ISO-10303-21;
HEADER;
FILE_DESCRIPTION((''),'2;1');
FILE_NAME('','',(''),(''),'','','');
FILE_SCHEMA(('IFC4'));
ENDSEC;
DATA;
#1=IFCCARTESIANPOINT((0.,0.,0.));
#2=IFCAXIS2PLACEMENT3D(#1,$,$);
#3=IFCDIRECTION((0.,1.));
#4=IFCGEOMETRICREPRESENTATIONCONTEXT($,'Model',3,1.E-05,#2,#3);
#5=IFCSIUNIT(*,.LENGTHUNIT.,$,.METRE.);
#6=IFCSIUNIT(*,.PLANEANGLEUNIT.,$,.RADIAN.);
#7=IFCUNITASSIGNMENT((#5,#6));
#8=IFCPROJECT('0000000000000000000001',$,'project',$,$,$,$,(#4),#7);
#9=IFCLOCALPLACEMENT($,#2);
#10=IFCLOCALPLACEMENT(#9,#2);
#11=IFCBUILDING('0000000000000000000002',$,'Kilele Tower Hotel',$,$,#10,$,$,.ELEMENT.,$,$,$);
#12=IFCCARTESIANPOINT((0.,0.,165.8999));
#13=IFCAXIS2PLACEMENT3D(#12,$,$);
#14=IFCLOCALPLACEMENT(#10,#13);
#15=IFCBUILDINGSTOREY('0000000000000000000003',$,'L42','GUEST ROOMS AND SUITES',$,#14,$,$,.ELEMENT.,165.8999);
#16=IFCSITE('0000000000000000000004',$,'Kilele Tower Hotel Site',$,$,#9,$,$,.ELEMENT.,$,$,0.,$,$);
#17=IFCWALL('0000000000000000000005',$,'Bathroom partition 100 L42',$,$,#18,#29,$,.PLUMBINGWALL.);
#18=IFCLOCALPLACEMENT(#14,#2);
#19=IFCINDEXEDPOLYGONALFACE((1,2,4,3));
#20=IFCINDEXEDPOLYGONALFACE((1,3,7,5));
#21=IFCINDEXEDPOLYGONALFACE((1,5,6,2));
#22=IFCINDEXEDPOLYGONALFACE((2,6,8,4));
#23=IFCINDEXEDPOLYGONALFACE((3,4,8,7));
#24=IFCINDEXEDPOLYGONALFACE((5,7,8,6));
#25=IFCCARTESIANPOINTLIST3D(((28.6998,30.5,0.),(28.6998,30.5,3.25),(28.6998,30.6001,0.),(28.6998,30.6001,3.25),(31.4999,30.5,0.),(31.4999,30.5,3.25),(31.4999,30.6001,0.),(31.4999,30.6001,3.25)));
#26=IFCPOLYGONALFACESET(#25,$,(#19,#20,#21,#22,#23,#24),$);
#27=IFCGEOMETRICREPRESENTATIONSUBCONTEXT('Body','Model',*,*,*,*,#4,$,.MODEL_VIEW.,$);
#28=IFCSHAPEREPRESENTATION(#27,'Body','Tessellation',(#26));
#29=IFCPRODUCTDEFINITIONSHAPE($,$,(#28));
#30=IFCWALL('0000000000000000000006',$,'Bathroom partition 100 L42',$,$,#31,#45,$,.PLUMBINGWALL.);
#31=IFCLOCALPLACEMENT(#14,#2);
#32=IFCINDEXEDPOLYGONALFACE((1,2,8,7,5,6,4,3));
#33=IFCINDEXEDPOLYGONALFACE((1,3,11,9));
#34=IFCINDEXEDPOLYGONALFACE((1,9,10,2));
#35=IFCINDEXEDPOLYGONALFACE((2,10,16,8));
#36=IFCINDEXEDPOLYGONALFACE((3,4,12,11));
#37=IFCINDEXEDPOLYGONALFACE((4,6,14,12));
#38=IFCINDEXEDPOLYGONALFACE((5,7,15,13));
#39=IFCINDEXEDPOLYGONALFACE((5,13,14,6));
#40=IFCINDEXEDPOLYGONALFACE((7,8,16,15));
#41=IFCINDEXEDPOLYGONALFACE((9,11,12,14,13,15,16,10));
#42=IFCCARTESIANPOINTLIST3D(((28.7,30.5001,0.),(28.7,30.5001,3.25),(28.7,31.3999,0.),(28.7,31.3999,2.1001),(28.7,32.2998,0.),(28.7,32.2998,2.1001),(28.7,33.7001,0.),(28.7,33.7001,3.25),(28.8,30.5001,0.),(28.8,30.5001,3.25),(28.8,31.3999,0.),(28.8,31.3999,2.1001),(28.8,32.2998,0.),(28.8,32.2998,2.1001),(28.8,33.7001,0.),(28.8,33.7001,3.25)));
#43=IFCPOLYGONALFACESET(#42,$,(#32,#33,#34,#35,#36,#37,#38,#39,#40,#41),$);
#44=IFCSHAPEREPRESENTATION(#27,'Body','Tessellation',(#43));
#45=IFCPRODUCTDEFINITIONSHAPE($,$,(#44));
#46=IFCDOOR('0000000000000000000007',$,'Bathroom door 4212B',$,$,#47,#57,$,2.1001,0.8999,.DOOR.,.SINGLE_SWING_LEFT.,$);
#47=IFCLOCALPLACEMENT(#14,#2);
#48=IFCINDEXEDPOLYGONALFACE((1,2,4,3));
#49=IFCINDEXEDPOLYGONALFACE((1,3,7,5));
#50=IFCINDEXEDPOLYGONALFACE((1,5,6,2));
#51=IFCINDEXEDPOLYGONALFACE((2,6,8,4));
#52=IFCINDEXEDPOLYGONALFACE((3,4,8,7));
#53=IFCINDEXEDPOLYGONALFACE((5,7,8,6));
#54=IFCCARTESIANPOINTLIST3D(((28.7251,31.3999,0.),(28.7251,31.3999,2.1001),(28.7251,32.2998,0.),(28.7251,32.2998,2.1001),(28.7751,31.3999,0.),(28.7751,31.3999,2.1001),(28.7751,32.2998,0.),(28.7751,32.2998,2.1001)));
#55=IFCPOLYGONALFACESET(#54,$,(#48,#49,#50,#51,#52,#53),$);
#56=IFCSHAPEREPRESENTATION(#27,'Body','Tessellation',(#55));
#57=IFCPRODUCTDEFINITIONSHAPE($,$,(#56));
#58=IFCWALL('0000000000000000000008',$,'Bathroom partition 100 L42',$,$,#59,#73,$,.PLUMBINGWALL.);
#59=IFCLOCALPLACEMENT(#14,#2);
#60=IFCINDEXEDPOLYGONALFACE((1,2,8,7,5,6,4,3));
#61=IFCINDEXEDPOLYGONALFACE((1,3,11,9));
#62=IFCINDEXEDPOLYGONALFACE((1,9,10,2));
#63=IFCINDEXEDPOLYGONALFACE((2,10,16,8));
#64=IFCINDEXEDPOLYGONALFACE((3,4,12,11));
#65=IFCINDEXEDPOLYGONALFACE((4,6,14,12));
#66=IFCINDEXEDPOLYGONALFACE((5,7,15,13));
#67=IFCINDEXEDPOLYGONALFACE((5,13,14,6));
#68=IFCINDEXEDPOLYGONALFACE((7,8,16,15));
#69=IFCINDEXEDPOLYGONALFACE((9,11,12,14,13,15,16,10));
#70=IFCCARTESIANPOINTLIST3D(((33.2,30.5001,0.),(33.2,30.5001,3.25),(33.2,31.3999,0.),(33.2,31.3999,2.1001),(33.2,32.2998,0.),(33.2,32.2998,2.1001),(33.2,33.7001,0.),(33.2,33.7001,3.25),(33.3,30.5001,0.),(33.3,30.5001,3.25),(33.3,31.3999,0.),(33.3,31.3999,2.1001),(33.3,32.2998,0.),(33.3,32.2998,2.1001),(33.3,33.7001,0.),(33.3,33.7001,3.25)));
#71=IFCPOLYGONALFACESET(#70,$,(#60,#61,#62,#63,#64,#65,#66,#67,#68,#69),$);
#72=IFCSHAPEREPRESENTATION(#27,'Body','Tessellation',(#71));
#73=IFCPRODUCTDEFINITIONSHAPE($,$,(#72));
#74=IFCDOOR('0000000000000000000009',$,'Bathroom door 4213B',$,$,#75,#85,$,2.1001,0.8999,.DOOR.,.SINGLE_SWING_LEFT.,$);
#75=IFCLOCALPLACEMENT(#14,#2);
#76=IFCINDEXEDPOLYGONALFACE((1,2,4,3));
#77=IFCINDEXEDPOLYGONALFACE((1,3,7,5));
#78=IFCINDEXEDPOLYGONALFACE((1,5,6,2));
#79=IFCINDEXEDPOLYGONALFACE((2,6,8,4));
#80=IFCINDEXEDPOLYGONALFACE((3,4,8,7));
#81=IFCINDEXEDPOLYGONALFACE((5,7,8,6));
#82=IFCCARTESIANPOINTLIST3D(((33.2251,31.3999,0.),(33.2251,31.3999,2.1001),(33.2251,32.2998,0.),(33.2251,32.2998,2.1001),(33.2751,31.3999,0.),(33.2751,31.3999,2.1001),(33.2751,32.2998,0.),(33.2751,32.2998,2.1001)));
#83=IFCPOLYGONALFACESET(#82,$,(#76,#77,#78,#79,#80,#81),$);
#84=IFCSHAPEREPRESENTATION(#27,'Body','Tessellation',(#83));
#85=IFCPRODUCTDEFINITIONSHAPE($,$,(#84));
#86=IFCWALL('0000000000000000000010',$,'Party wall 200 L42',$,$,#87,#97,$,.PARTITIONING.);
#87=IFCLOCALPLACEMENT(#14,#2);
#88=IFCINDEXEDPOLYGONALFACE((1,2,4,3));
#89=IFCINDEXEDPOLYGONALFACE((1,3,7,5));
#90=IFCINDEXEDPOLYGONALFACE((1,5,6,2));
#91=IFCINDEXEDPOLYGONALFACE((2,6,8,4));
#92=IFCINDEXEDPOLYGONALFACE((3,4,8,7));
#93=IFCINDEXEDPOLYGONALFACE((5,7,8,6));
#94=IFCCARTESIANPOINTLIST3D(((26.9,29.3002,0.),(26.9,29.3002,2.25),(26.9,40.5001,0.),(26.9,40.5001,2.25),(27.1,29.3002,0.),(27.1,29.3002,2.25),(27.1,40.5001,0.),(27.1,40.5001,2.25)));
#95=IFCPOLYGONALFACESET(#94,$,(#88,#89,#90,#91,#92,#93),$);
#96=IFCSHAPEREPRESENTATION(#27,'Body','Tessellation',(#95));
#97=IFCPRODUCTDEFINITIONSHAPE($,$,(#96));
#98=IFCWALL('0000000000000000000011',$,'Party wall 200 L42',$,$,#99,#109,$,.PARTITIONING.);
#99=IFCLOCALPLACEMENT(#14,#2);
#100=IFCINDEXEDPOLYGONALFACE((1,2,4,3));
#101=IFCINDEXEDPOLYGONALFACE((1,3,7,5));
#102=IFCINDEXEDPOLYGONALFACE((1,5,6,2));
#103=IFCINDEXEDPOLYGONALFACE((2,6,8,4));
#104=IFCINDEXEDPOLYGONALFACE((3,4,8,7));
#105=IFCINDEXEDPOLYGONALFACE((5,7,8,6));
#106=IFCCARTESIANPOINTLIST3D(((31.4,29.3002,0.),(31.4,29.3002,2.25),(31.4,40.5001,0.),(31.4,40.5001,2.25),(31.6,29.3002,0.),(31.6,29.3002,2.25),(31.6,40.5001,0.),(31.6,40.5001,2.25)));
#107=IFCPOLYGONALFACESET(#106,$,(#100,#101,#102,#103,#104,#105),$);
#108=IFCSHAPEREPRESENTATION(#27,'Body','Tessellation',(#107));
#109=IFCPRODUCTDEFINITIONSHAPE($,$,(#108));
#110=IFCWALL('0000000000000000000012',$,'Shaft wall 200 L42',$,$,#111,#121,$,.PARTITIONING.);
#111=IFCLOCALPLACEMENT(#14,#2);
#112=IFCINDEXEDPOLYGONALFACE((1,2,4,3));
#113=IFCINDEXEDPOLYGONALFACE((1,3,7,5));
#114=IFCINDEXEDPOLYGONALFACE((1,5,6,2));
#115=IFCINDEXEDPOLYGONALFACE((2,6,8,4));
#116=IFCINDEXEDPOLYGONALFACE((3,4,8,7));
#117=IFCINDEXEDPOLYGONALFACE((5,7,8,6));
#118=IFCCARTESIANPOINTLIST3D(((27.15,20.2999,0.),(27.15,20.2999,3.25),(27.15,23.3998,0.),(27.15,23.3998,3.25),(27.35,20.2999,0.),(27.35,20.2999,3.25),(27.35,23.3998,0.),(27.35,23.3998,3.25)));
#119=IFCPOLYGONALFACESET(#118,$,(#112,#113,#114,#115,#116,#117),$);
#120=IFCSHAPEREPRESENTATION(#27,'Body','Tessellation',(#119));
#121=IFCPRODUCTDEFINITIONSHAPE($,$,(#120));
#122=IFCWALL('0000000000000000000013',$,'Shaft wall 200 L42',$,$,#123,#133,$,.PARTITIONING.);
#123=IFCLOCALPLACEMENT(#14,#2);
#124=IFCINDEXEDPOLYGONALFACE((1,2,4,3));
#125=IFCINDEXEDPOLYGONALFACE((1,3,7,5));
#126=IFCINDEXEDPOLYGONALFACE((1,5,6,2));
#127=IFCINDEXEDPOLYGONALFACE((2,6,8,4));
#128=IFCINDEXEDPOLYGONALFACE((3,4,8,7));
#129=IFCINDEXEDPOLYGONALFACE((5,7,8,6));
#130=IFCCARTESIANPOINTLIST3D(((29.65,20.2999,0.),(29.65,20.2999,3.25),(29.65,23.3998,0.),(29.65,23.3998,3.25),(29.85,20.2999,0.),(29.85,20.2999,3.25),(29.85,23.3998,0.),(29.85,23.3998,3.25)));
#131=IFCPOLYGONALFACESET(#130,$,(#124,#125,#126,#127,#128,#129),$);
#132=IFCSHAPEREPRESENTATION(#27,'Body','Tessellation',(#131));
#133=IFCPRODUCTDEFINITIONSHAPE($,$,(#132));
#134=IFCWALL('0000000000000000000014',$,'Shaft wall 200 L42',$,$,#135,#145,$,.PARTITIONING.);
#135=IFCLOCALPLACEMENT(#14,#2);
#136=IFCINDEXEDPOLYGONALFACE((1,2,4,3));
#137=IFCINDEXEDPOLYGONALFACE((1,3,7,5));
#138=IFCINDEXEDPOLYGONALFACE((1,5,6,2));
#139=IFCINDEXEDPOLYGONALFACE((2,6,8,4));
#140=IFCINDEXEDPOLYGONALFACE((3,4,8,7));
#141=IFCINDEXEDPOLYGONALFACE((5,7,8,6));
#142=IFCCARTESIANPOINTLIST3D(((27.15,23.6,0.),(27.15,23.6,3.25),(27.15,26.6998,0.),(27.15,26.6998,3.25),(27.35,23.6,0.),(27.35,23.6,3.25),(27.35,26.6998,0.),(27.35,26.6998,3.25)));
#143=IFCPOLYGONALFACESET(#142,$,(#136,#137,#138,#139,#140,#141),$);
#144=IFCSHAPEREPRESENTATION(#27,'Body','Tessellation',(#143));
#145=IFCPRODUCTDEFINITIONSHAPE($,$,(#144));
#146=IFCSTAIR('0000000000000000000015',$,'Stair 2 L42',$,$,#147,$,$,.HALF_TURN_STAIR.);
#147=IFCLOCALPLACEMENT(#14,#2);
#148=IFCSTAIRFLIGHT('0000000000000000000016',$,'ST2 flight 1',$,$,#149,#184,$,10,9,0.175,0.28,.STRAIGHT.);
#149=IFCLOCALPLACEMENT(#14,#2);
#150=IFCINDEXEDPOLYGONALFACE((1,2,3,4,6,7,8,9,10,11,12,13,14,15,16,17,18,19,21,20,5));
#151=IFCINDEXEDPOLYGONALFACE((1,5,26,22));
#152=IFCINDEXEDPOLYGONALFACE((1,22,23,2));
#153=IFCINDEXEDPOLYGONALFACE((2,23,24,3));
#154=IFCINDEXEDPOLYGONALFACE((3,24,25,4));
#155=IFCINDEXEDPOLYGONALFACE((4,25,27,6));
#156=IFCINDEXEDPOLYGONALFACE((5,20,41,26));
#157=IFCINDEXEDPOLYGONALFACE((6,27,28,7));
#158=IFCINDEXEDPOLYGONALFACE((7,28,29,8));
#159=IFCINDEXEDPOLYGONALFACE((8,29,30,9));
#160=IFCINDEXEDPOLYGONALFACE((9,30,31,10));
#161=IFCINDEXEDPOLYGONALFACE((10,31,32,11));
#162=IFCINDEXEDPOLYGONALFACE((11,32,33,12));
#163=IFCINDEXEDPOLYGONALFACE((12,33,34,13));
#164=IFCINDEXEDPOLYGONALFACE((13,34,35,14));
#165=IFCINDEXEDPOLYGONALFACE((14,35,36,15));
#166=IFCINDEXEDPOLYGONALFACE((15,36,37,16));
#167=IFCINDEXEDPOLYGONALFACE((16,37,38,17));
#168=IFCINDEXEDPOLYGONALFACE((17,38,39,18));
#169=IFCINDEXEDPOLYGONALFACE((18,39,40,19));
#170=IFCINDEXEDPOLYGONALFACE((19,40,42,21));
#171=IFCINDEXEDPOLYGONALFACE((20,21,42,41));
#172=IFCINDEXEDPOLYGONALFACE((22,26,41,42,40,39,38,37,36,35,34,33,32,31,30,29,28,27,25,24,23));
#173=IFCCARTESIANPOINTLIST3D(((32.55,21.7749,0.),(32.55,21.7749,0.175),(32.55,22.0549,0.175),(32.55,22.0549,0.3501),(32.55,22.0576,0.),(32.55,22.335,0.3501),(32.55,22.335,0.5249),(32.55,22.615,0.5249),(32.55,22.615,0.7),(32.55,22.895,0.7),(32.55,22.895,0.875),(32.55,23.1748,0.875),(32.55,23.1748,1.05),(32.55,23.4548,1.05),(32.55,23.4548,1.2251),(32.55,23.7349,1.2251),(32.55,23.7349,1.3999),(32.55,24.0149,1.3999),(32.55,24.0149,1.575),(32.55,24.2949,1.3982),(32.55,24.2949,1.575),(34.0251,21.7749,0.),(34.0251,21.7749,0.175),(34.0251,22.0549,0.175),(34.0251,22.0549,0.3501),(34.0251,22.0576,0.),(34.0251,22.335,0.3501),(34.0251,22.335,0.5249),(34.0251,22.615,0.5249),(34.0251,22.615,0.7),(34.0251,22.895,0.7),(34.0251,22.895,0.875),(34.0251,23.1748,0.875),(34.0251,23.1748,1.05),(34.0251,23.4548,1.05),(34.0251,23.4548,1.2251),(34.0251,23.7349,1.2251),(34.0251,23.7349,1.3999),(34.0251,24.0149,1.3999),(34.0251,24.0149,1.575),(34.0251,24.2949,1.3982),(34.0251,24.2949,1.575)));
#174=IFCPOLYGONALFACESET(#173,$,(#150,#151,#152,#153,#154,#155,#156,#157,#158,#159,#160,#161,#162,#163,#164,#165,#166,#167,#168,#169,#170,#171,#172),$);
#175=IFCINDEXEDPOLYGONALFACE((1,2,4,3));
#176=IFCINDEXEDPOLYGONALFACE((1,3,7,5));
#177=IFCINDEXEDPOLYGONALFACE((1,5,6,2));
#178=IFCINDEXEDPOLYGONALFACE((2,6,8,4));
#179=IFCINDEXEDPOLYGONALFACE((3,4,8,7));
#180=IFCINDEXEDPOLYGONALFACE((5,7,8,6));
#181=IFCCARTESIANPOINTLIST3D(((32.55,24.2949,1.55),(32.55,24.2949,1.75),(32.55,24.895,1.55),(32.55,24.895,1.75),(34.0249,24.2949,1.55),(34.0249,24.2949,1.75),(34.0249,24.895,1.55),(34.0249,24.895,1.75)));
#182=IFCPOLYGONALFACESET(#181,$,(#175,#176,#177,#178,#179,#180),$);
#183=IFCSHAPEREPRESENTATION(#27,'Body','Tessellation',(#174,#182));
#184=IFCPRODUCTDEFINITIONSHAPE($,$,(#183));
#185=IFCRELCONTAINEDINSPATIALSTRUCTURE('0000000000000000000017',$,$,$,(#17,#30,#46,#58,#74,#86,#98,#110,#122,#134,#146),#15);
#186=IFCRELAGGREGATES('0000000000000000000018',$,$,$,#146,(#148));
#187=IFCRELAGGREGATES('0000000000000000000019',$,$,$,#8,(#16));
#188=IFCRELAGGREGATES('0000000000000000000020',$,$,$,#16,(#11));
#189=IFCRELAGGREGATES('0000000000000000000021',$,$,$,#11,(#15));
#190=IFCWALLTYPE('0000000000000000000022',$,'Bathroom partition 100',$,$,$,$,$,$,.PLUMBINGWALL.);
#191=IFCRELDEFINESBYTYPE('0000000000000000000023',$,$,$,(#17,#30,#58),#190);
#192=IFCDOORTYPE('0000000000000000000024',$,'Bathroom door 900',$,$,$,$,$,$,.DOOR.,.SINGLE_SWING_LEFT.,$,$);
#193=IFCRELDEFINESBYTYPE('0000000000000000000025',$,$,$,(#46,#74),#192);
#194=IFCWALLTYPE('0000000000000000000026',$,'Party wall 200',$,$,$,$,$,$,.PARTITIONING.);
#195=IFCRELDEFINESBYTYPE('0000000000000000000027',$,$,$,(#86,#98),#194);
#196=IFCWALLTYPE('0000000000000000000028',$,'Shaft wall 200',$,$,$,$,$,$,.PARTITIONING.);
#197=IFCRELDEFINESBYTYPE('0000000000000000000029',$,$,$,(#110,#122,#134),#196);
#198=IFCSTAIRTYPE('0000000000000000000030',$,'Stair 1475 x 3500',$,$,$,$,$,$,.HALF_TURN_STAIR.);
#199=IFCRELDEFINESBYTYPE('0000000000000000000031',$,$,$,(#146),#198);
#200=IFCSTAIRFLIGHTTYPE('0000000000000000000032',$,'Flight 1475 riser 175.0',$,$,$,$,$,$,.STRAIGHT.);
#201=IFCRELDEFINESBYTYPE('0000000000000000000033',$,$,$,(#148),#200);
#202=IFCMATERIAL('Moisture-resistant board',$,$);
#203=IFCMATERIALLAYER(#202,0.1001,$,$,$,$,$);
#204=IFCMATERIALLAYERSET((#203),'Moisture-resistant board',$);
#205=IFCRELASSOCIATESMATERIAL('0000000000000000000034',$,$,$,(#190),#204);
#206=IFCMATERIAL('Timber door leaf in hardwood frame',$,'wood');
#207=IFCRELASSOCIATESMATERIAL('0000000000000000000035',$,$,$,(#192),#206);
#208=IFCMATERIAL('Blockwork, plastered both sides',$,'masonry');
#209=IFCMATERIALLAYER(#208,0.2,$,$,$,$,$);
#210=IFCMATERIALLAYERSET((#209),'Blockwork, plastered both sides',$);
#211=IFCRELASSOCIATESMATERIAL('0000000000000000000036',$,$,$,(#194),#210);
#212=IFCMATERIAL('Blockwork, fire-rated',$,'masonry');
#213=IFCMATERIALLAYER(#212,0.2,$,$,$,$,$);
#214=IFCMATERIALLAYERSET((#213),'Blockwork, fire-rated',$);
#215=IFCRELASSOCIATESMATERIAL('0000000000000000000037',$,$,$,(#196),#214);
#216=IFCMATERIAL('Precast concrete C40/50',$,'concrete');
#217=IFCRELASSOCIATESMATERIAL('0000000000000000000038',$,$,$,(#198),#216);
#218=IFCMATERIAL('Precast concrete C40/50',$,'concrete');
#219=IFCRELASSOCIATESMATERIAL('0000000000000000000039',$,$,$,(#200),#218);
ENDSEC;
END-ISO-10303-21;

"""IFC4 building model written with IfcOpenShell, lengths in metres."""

from ifc_helpers import new_model, si_unit, direction, frame, frame_2d, origin, place, context, subcontext, project, spatial, polyline, rectangle, outline, extrude, material, layer, layer_set, type_object, element, fill, aggregate, save


model = new_model("IFC4")

# Units and contexts
model_context = context("Model", 3, precision=1e-05, world=origin(), true_north=direction((0.0, 1.0)))
body_context = subcontext(model_context, "Body", "Model", "MODEL_VIEW")
ifc_project = project(units=[si_unit("LENGTHUNIT", "METRE"), si_unit("PLANEANGLEUNIT", "RADIAN")], contexts=[model_context])

# Site, building, storey
site_placement = place(None, origin())
site = spatial("IfcSite", under=ifc_project, at=site_placement, Name="Kilele Tower Hotel Site", CompositionType="ELEMENT", RefElevation=0.0)
building_placement = place(site_placement, origin())
building = spatial("IfcBuilding", under=site, at=building_placement, Name="Kilele Tower Hotel", CompositionType="ELEMENT")
storey_placement = place(building_placement, frame((0.0, 0.0, 165.8999)))
storey = spatial("IfcBuildingStorey", under=building, at=storey_placement, Name="L42", Description="GUEST ROOMS AND SUITES", CompositionType="ELEMENT", Elevation=165.8999)

# Wall
ifc_material_1 = material(Name="Moisture-resistant board")
ifc_layer_1 = layer(ifc_material_1, 0.1001)
ifc_layer_set_1 = layer_set([ifc_layer_1], Name="Moisture-resistant board")
wall_type_1 = type_object("IfcWallType", Name="Bathroom partition 100", PredefinedType="PLUMBINGWALL", material=ifc_layer_set_1)
wall_1_placement = place(storey_placement, frame((28.7, 30.55, 0.0), z_axis=(0.0, 0.0, 1.0), x_axis=(1.0, 0.0, 0.0)))
element("IfcWall", 1, at=wall_1_placement, inside=storey, type_object=wall_type_1, Name="Bathroom partition 100 L42", PredefinedType="PLUMBINGWALL", context=body_context, shape_type="SweptSolid", body=[
    extrude(rectangle(XDim=2.8, YDim=0.1001, at=frame_2d((1.3999, 0.0))), origin(), (0.0, 0.0, 1.0), 3.25),
])

# Walls, openings, doors
wall_2_placement = place(storey_placement, frame((28.75, 30.5, 0.0), z_axis=(0.0, 0.0, 1.0), x_axis=(0.0, 1.0, 0.0)))
wall_2 = element("IfcWall", 2, at=wall_2_placement, inside=storey, type_object=wall_type_1, Name="Bathroom partition 100 L42", PredefinedType="PLUMBINGWALL", context=body_context, shape_type="SweptSolid", body=[
    extrude(rectangle(XDim=3.2, YDim=0.1001, at=frame_2d((1.6001, 0.0))), origin(), (0.0, 0.0, 1.0), 3.25),
])
opening_1_placement = place(wall_2_placement, frame((0.8999, 0.0, 0.0)))
opening_1 = element("IfcOpeningElement", 3, at=opening_1_placement, cuts=wall_2, PredefinedType="OPENING", context=body_context, shape_type="SweptSolid", body=[
    extrude(rectangle(XDim=0.8999, YDim=2.1001, at=frame_2d((0.45, 1.05))), frame((0.0, 0.0601, 0.0), z_axis=(0.0, -1.0, 0.0), x_axis=(1.0, 0.0, 0.0)), (0.0, 0.0, 1.0), 0.1201),
])
ifc_material_2 = material(Name="Timber door leaf in hardwood frame", Category="wood")
door_type = type_object("IfcDoorType", Name="Bathroom door 900", OperationType="SINGLE_SWING_LEFT", PredefinedType="DOOR", material=ifc_material_2)
door_1_placement = place(opening_1_placement, origin())
door_1 = element("IfcDoor", 4, at=door_1_placement, inside=storey, type_object=door_type, Name="Bathroom door 4212B", OperationType="SINGLE_SWING_LEFT", OverallHeight=2.1001, OverallWidth=0.8999, PredefinedType="DOOR", context=body_context, shape_type="SweptSolid", body=[
    extrude(rectangle(XDim=0.8999, YDim=2.1001, at=frame_2d((0.45, 1.05))), frame((0.0, 0.0249, 0.0), z_axis=(0.0, -1.0, 0.0), x_axis=(1.0, 0.0, 0.0)), (0.0, 0.0, 1.0), 0.05),
])
fill(opening_1, door_1)
wall_3_placement = place(storey_placement, frame((33.25, 30.5, 0.0), z_axis=(0.0, 0.0, 1.0), x_axis=(0.0, 1.0, 0.0)))
wall_3 = element("IfcWall", 5, at=wall_3_placement, inside=storey, type_object=wall_type_1, Name="Bathroom partition 100 L42", PredefinedType="PLUMBINGWALL", context=body_context, shape_type="SweptSolid", body=[
    extrude(rectangle(XDim=3.2, YDim=0.1001, at=frame_2d((1.6001, 0.0))), origin(), (0.0, 0.0, 1.0), 3.25),
])
opening_2_placement = place(wall_3_placement, frame((0.8999, 0.0, 0.0)))
opening_2 = element("IfcOpeningElement", 6, at=opening_2_placement, cuts=wall_3, PredefinedType="OPENING", context=body_context, shape_type="SweptSolid", body=[
    extrude(rectangle(XDim=0.8999, YDim=2.1001, at=frame_2d((0.45, 1.05))), frame((0.0, 0.0601, 0.0), z_axis=(0.0, -1.0, 0.0), x_axis=(1.0, 0.0, 0.0)), (0.0, 0.0, 1.0), 0.1201),
])
door_2_placement = place(opening_2_placement, origin())
door_2 = element("IfcDoor", 7, at=door_2_placement, inside=storey, type_object=door_type, Name="Bathroom door 4213B", OperationType="SINGLE_SWING_LEFT", OverallHeight=2.1001, OverallWidth=0.8999, PredefinedType="DOOR", context=body_context, shape_type="SweptSolid", body=[
    extrude(rectangle(XDim=0.8999, YDim=2.1001, at=frame_2d((0.45, 1.05))), frame((0.0, 0.0249, 0.0), z_axis=(0.0, -1.0, 0.0), x_axis=(1.0, 0.0, 0.0)), (0.0, 0.0, 1.0), 0.05),
])
fill(opening_2, door_2)

# Walls
ifc_material_3 = material(Name="Blockwork, plastered both sides", Category="masonry")
ifc_layer_2 = layer(ifc_material_3, 0.2)
ifc_layer_set_2 = layer_set([ifc_layer_2], Name="Blockwork, plastered both sides")
wall_type_2 = type_object("IfcWallType", Name="Party wall 200", PredefinedType="PARTITIONING", material=ifc_layer_set_2)
for number, where, z_axis, x_axis, name in (
    (8, (27.0, 29.3, 0.0), (0.0, 0.0, 1.0), (0.0, 1.0, 0.0), "Party wall 200 L42"),
    (9, (31.5, 29.3, 0.0), (0.0, 0.0, 1.0), (0.0, 1.0, 0.0), "Party wall 200 L42"),
):
    element("IfcWall", number, at=place(storey_placement, frame(where, z_axis=z_axis, x_axis=x_axis)), inside=storey, type_object=wall_type_2, Name=name, PredefinedType="PARTITIONING", context=body_context, shape_type="SweptSolid", body=[
        extrude(rectangle(XDim=11.2, YDim=0.2, at=frame_2d((5.6001, 0.0))), origin(), (0.0, 0.0, 1.0), 2.25),
    ])
ifc_material_4 = material(Name="Blockwork, fire-rated", Category="masonry")
ifc_layer_3 = layer(ifc_material_4, 0.2)
ifc_layer_set_3 = layer_set([ifc_layer_3], Name="Blockwork, fire-rated")
wall_type_3 = type_object("IfcWallType", Name="Shaft wall 200", PredefinedType="PARTITIONING", material=ifc_layer_set_3)
for number, where, z_axis, x_axis, name in (
    (10, (27.25, 20.3, 0.0), (0.0, 0.0, 1.0), (0.0, 1.0, 0.0), "Shaft wall 200 L42"),
    (11, (29.75, 20.3, 0.0), (0.0, 0.0, 1.0), (0.0, 1.0, 0.0), "Shaft wall 200 L42"),
    (12, (27.25, 23.6001, 0.0), (0.0, 0.0, 1.0), (0.0, 1.0, 0.0), "Shaft wall 200 L42"),
):
    element("IfcWall", number, at=place(storey_placement, frame(where, z_axis=z_axis, x_axis=x_axis)), inside=storey, type_object=wall_type_3, Name=name, PredefinedType="PARTITIONING", context=body_context, shape_type="SweptSolid", body=[
        extrude(rectangle(XDim=3.0999, YDim=0.2, at=frame_2d((1.5498, 0.0))), origin(), (0.0, 0.0, 1.0), 3.25),
    ])

# Stair, stair flight
ifc_material_5 = material(Name="Precast concrete C40/50", Category="concrete")
stair_type = type_object("IfcStairType", Name="Stair 1475 x 3500", PredefinedType="HALF_TURN_STAIR", material=ifc_material_5)
stair_placement = place(storey_placement, origin())
stair = element("IfcStair", 13, at=stair_placement, inside=storey, type_object=stair_type, Name="Stair 2 L42", PredefinedType="HALF_TURN_STAIR")
ifc_material_6 = material(Name="Precast concrete C40/50", Category="concrete")
stair_flight_type = type_object("IfcStairFlightType", Name="Flight 1475 riser 175.0", PredefinedType="STRAIGHT", material=ifc_material_6)
stair_flight_1_placement = place(storey_placement, frame((33.2876, 21.7749, 0.0), z_axis=(0.0, 0.0, 1.0), x_axis=(0.0, 1.0, 0.0)))
stair_flight_1 = element("IfcStairFlight", 14, at=stair_flight_1_placement, type_object=stair_flight_type, Name="ST2 flight 1", NumberOfRisers=10, NumberOfTreads=9, PredefinedType="STRAIGHT", RiserHeight=0.175, TreadLength=0.28, context=body_context, shape_type="SweptSolid", body=[
    extrude(outline(polyline([(0.0, 0.0), (0.0, 0.175), (0.28, 0.175), (0.28, 0.3501), (0.5601, 0.3501), (0.5601, 0.5249), (0.8401, 0.5249), (0.8401, 0.7), (1.1201, 0.7), (1.1201, 0.875), (1.3999, 0.875), (1.3999, 1.05), (1.6799, 1.05), (1.6799, 1.2251), (1.96, 1.2251), (1.96, 1.3999), (2.24, 1.3999), (2.24, 1.575), (2.52, 1.575), (2.52, 1.75), (2.52, 1.3982), (0.2827, 0.0), (0.0, 0.0)])), frame((0.0, 0.7375, 0.0), z_axis=(0.0, -1.0, 0.0), x_axis=(1.0, 0.0, 0.0)), (0.0, 0.0, 1.0), 1.4751),
    extrude(outline(polyline([(2.52, 0.7375), (2.52, -0.7373), (3.1201, -0.7373), (3.1201, 0.7375), (2.52, 0.7375)])), frame((0.0, 0.0, 1.55)), (0.0, 0.0, 1.0), 0.2),
])
aggregate(stair, [stair_flight_1])

save(model, "model.ifc")
